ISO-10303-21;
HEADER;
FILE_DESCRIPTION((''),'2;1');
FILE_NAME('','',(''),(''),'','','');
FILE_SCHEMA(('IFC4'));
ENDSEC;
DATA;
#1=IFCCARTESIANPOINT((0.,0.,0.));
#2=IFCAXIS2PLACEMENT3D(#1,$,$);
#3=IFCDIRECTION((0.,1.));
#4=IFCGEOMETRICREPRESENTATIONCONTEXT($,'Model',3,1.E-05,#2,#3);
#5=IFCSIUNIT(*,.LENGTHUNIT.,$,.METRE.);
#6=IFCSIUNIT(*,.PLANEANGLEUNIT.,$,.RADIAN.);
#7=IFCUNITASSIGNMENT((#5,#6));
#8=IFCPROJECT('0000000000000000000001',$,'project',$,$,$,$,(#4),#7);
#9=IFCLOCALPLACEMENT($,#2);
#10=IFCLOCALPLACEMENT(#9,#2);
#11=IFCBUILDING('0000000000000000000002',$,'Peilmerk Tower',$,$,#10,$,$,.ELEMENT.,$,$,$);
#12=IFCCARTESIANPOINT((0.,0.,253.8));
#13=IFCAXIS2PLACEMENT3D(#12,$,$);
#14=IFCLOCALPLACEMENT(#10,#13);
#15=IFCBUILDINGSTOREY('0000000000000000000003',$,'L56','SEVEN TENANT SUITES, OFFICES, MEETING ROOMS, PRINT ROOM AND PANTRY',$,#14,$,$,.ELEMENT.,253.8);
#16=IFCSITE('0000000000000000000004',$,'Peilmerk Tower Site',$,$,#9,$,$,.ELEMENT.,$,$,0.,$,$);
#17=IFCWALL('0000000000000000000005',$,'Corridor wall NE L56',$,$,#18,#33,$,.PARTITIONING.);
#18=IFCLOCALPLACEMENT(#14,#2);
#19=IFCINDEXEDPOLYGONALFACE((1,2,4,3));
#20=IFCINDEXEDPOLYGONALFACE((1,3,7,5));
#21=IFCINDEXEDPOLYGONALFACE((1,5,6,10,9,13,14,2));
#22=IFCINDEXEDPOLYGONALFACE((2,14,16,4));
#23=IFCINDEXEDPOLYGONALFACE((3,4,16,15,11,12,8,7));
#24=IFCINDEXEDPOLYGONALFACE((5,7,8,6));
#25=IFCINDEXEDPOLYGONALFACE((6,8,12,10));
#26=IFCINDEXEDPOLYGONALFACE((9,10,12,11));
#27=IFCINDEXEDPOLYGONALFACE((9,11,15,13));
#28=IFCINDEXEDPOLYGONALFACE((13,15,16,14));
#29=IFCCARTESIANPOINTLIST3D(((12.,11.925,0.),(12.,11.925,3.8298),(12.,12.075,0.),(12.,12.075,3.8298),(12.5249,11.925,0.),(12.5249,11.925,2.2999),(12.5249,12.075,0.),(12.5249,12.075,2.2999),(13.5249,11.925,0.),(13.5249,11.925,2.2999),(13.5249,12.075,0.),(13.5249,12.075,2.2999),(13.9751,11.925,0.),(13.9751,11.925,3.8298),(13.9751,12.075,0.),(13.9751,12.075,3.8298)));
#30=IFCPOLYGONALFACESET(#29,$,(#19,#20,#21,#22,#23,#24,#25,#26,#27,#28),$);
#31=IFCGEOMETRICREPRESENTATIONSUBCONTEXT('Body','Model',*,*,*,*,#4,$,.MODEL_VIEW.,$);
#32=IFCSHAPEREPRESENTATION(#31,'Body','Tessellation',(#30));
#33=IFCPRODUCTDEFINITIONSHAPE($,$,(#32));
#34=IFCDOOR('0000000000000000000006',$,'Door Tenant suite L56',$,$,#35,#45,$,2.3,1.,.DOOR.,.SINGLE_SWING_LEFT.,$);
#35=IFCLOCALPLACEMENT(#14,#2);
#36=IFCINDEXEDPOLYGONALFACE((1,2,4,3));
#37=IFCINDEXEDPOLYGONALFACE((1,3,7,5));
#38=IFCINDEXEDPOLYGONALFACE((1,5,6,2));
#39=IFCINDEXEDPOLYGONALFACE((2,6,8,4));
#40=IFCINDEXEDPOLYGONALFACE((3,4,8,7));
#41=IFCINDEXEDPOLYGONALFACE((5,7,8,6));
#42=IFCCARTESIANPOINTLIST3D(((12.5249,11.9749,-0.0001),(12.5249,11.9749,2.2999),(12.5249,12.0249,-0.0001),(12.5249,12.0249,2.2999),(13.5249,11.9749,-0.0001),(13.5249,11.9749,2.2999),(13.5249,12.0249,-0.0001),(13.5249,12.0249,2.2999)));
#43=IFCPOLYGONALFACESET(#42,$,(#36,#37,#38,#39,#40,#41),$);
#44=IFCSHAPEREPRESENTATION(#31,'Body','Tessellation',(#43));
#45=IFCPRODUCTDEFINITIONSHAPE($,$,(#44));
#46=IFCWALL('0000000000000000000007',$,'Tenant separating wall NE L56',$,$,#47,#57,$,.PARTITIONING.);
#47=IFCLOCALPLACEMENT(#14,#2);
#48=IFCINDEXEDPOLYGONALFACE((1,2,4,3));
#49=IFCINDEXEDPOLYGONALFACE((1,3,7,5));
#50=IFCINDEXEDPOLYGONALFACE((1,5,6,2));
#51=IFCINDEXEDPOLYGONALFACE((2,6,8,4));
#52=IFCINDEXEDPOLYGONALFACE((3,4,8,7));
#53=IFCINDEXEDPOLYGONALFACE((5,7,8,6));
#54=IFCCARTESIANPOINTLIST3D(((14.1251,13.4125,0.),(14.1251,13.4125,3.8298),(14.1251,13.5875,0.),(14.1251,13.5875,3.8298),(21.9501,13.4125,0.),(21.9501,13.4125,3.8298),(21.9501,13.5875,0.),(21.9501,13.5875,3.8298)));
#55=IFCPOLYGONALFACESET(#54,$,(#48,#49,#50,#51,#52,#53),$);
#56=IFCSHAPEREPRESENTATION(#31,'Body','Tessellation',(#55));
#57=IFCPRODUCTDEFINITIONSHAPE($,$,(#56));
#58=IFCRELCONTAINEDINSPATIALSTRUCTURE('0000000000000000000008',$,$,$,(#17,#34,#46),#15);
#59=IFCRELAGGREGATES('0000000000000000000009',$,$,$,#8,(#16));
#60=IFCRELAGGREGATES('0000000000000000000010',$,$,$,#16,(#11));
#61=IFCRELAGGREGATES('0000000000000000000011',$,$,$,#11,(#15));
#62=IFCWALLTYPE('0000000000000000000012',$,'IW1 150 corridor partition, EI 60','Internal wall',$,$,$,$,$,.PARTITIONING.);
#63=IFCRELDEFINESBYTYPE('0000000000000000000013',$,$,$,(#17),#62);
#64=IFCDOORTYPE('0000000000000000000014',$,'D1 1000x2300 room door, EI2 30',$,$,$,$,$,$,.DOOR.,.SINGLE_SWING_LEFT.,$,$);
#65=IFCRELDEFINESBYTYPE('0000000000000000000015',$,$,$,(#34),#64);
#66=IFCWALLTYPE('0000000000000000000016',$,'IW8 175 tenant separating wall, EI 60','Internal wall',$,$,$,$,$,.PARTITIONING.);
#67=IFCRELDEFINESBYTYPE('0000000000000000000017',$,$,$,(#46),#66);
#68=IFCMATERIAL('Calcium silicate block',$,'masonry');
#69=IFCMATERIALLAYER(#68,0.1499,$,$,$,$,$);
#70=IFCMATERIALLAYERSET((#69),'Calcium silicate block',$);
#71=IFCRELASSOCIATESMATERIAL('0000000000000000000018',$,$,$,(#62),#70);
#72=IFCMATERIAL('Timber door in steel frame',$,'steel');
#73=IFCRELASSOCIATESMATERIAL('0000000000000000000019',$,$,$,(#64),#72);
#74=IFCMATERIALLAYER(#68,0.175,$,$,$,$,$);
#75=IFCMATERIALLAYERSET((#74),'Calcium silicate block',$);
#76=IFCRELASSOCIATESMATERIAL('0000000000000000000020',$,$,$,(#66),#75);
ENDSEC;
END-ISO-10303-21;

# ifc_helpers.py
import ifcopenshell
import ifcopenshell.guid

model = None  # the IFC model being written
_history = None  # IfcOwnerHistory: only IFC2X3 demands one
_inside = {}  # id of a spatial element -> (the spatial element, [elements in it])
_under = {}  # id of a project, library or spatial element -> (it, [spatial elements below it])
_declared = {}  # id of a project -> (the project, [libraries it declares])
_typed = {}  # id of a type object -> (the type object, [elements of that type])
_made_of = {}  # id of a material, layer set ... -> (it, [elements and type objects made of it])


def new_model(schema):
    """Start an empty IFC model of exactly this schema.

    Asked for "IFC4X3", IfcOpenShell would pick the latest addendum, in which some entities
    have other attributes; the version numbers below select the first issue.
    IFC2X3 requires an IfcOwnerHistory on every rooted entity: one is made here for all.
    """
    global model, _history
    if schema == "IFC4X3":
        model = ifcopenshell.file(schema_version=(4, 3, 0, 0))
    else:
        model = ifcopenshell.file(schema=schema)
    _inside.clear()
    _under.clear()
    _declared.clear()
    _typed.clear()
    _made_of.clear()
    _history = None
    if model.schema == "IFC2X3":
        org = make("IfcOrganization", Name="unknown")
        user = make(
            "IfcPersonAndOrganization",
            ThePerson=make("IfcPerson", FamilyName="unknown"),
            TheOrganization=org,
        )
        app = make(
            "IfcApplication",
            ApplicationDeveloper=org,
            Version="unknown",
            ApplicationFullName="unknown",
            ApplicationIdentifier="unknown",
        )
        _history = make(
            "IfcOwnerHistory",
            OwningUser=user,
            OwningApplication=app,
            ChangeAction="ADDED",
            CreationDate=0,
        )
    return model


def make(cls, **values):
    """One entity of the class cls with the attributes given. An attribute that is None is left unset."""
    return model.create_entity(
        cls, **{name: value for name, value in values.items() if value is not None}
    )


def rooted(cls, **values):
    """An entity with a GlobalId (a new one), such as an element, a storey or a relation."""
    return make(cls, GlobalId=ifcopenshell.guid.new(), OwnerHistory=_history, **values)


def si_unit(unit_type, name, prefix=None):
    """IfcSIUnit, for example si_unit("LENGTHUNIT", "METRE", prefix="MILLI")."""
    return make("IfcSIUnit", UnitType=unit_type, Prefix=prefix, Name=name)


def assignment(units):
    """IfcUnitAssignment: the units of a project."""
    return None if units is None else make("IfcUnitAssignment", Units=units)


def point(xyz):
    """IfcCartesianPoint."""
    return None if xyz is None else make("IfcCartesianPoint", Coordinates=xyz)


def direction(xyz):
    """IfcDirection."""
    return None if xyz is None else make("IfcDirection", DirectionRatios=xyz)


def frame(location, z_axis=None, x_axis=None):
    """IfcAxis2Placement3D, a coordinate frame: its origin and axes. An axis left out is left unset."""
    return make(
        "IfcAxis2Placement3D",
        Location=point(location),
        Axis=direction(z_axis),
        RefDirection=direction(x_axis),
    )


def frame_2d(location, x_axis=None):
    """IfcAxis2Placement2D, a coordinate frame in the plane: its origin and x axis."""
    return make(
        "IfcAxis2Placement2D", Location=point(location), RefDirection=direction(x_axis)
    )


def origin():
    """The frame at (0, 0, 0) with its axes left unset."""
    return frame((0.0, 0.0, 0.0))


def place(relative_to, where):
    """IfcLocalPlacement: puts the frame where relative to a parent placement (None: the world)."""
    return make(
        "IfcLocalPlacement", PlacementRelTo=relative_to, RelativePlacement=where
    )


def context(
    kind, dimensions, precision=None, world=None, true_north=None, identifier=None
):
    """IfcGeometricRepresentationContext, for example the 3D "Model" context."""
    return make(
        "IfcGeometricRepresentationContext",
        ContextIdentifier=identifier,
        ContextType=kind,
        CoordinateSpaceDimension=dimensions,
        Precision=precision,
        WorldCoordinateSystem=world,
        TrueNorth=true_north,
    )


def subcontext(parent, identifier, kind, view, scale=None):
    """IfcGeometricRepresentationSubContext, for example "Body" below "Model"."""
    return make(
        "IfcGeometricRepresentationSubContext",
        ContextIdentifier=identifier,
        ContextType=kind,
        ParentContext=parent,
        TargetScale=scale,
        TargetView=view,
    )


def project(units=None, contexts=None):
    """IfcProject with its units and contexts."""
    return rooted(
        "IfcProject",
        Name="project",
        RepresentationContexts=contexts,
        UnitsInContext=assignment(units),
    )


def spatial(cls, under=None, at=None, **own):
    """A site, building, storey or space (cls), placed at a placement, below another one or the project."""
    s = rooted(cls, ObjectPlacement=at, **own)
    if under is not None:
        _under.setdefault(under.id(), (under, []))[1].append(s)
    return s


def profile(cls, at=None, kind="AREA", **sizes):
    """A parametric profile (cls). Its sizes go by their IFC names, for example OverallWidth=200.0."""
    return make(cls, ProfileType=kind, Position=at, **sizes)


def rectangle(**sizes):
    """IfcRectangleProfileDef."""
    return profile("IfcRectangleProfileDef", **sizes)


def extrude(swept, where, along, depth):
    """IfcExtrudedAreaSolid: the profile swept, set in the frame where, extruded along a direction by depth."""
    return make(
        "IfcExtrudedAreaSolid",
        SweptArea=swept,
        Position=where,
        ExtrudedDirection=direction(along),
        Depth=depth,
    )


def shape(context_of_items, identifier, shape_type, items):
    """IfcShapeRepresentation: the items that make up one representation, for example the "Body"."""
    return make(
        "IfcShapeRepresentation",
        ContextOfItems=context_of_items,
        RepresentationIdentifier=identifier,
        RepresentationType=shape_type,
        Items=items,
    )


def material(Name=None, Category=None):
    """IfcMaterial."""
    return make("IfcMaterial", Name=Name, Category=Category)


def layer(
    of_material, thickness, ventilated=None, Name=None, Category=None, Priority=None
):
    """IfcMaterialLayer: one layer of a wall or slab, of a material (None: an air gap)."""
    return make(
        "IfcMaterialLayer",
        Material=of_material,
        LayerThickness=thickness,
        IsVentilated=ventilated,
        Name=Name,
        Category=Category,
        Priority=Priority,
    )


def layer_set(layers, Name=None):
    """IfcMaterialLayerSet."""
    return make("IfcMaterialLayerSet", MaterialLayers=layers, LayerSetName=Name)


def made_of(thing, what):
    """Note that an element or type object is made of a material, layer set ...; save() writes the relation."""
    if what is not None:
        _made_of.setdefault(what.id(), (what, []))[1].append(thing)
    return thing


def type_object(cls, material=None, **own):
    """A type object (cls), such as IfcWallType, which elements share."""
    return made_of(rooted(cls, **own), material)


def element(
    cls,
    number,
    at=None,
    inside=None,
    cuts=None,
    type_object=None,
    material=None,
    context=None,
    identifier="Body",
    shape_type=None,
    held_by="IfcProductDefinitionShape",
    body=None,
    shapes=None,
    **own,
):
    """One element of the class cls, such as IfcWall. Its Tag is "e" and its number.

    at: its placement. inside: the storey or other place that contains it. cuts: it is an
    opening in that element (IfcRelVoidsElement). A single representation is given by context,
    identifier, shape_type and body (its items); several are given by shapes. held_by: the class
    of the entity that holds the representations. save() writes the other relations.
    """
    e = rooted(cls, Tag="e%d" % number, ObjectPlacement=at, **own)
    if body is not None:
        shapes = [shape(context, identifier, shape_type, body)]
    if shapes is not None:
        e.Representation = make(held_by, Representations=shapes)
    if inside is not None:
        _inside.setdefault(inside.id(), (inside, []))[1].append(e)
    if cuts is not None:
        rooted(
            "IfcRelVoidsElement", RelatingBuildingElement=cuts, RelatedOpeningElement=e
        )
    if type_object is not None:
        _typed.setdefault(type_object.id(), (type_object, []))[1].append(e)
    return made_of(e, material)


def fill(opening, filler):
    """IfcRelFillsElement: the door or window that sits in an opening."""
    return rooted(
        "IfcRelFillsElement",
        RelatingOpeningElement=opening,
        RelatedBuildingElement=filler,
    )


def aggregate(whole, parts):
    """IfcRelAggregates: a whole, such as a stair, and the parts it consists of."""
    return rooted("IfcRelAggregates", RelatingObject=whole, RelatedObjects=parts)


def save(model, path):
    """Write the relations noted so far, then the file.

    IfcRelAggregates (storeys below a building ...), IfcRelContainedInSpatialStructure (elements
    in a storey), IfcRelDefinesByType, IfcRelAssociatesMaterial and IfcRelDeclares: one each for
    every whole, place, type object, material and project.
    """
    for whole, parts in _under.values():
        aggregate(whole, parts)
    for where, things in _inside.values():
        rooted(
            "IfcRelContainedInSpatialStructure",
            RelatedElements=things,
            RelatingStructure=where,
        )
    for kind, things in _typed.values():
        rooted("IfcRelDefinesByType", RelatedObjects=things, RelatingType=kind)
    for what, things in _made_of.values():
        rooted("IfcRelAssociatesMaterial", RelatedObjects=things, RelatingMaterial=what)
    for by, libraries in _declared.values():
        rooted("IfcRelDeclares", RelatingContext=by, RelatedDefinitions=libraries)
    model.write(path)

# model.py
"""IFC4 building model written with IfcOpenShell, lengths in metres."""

from ifc_helpers import new_model, si_unit, direction, frame, frame_2d, origin, place, context, subcontext, project, spatial, rectangle, extrude, material, layer, layer_set, type_object, element, fill, save


model = new_model("IFC4")

# Units and contexts
model_context = context("Model", 3, precision=1e-05, world=origin(), true_north=direction((0.0, 1.0)))
body_context = subcontext(model_context, "Body", "Model", "MODEL_VIEW")
ifc_project = project(units=[si_unit("LENGTHUNIT", "METRE"), si_unit("PLANEANGLEUNIT", "RADIAN")], contexts=[model_context])

# Site, building, storey
site_placement = place(None, origin())
site = spatial("IfcSite", under=ifc_project, at=site_placement, Name="Peilmerk Tower Site", CompositionType="ELEMENT", RefElevation=0.0)
building_placement = place(site_placement, origin())
building = spatial("IfcBuilding", under=site, at=building_placement, Name="Peilmerk Tower", CompositionType="ELEMENT")
storey_placement = place(building_placement, frame((0.0, 0.0, 253.8)))
storey = spatial("IfcBuildingStorey", under=building, at=storey_placement, Name="L56", Description="SEVEN TENANT SUITES, OFFICES, MEETING ROOMS, PRINT ROOM AND PANTRY", CompositionType="ELEMENT", Elevation=253.8)

# Wall, opening, door
ifc_material_1 = material(Name="Calcium silicate block", Category="masonry")
ifc_layer_1 = layer(ifc_material_1, 0.1499)
ifc_layer_set_1 = layer_set([ifc_layer_1], Name="Calcium silicate block")
wall_type_1 = type_object("IfcWallType", Name="IW1 150 corridor partition, EI 60", Description="Internal wall", PredefinedType="PARTITIONING", material=ifc_layer_set_1)
wall_1_placement = place(storey_placement, frame((12.0, 12.0, 0.0), z_axis=(0.0, 0.0, 1.0), x_axis=(1.0, 0.0, 0.0)))
wall_1 = element("IfcWall", 1, at=wall_1_placement, inside=storey, type_object=wall_type_1, Name="Corridor wall NE L56", PredefinedType="PARTITIONING", context=body_context, shape_type="SweptSolid", body=[
    extrude(rectangle(XDim=1.9751, YDim=0.1499, at=frame_2d((0.9875, 0.0))), origin(), (0.0, 0.0, 1.0), 3.8298),
])
opening_placement = place(wall_1_placement, frame((0.5249, 0.0, 0.0)))
opening = element("IfcOpeningElement", 2, at=opening_placement, cuts=wall_1, PredefinedType="OPENING", context=body_context, shape_type="SweptSolid", body=[
    extrude(rectangle(XDim=1.0, YDim=2.3, at=frame_2d((0.5, 1.1499))), frame((0.0, 0.085, 0.0), z_axis=(0.0, -1.0, 0.0), x_axis=(1.0, 0.0, 0.0)), (0.0, 0.0, 1.0), 0.1699),
])
ifc_material_2 = material(Name="Timber door in steel frame", Category="steel")
door_type = type_object("IfcDoorType", Name="D1 1000x2300 room door, EI2 30", OperationType="SINGLE_SWING_LEFT", PredefinedType="DOOR", material=ifc_material_2)
door_placement = place(opening_placement, origin())
door = element("IfcDoor", 3, at=door_placement, inside=storey, type_object=door_type, Name="Door Tenant suite L56", OperationType="SINGLE_SWING_LEFT", OverallHeight=2.3, OverallWidth=1.0, PredefinedType="DOOR", context=body_context, shape_type="SweptSolid", body=[
    extrude(rectangle(XDim=1.0, YDim=2.3, at=frame_2d((0.5, 1.1499))), frame((0.0, 0.0249, 0.0), z_axis=(0.0, -1.0, 0.0), x_axis=(1.0, 0.0, 0.0)), (0.0, 0.0, 1.0), 0.05),
])
fill(opening, door)

# Wall
ifc_layer_2 = layer(ifc_material_1, 0.175)
ifc_layer_set_2 = layer_set([ifc_layer_2], Name="Calcium silicate block")
wall_type_2 = type_object("IfcWallType", Name="IW8 175 tenant separating wall, EI 60", Description="Internal wall", PredefinedType="PARTITIONING", material=ifc_layer_set_2)
wall_2_placement = place(storey_placement, frame((14.125, 13.5, 0.0), z_axis=(0.0, 0.0, 1.0), x_axis=(1.0, 0.0, 0.0)))
element("IfcWall", 4, at=wall_2_placement, inside=storey, type_object=wall_type_2, Name="Tenant separating wall NE L56", PredefinedType="PARTITIONING", context=body_context, shape_type="SweptSolid", body=[
    extrude(rectangle(XDim=7.825, YDim=0.175, at=frame_2d((3.9126, 0.0))), origin(), (0.0, 0.0, 1.0), 3.8298),
])

save(model, "model.ifc")
